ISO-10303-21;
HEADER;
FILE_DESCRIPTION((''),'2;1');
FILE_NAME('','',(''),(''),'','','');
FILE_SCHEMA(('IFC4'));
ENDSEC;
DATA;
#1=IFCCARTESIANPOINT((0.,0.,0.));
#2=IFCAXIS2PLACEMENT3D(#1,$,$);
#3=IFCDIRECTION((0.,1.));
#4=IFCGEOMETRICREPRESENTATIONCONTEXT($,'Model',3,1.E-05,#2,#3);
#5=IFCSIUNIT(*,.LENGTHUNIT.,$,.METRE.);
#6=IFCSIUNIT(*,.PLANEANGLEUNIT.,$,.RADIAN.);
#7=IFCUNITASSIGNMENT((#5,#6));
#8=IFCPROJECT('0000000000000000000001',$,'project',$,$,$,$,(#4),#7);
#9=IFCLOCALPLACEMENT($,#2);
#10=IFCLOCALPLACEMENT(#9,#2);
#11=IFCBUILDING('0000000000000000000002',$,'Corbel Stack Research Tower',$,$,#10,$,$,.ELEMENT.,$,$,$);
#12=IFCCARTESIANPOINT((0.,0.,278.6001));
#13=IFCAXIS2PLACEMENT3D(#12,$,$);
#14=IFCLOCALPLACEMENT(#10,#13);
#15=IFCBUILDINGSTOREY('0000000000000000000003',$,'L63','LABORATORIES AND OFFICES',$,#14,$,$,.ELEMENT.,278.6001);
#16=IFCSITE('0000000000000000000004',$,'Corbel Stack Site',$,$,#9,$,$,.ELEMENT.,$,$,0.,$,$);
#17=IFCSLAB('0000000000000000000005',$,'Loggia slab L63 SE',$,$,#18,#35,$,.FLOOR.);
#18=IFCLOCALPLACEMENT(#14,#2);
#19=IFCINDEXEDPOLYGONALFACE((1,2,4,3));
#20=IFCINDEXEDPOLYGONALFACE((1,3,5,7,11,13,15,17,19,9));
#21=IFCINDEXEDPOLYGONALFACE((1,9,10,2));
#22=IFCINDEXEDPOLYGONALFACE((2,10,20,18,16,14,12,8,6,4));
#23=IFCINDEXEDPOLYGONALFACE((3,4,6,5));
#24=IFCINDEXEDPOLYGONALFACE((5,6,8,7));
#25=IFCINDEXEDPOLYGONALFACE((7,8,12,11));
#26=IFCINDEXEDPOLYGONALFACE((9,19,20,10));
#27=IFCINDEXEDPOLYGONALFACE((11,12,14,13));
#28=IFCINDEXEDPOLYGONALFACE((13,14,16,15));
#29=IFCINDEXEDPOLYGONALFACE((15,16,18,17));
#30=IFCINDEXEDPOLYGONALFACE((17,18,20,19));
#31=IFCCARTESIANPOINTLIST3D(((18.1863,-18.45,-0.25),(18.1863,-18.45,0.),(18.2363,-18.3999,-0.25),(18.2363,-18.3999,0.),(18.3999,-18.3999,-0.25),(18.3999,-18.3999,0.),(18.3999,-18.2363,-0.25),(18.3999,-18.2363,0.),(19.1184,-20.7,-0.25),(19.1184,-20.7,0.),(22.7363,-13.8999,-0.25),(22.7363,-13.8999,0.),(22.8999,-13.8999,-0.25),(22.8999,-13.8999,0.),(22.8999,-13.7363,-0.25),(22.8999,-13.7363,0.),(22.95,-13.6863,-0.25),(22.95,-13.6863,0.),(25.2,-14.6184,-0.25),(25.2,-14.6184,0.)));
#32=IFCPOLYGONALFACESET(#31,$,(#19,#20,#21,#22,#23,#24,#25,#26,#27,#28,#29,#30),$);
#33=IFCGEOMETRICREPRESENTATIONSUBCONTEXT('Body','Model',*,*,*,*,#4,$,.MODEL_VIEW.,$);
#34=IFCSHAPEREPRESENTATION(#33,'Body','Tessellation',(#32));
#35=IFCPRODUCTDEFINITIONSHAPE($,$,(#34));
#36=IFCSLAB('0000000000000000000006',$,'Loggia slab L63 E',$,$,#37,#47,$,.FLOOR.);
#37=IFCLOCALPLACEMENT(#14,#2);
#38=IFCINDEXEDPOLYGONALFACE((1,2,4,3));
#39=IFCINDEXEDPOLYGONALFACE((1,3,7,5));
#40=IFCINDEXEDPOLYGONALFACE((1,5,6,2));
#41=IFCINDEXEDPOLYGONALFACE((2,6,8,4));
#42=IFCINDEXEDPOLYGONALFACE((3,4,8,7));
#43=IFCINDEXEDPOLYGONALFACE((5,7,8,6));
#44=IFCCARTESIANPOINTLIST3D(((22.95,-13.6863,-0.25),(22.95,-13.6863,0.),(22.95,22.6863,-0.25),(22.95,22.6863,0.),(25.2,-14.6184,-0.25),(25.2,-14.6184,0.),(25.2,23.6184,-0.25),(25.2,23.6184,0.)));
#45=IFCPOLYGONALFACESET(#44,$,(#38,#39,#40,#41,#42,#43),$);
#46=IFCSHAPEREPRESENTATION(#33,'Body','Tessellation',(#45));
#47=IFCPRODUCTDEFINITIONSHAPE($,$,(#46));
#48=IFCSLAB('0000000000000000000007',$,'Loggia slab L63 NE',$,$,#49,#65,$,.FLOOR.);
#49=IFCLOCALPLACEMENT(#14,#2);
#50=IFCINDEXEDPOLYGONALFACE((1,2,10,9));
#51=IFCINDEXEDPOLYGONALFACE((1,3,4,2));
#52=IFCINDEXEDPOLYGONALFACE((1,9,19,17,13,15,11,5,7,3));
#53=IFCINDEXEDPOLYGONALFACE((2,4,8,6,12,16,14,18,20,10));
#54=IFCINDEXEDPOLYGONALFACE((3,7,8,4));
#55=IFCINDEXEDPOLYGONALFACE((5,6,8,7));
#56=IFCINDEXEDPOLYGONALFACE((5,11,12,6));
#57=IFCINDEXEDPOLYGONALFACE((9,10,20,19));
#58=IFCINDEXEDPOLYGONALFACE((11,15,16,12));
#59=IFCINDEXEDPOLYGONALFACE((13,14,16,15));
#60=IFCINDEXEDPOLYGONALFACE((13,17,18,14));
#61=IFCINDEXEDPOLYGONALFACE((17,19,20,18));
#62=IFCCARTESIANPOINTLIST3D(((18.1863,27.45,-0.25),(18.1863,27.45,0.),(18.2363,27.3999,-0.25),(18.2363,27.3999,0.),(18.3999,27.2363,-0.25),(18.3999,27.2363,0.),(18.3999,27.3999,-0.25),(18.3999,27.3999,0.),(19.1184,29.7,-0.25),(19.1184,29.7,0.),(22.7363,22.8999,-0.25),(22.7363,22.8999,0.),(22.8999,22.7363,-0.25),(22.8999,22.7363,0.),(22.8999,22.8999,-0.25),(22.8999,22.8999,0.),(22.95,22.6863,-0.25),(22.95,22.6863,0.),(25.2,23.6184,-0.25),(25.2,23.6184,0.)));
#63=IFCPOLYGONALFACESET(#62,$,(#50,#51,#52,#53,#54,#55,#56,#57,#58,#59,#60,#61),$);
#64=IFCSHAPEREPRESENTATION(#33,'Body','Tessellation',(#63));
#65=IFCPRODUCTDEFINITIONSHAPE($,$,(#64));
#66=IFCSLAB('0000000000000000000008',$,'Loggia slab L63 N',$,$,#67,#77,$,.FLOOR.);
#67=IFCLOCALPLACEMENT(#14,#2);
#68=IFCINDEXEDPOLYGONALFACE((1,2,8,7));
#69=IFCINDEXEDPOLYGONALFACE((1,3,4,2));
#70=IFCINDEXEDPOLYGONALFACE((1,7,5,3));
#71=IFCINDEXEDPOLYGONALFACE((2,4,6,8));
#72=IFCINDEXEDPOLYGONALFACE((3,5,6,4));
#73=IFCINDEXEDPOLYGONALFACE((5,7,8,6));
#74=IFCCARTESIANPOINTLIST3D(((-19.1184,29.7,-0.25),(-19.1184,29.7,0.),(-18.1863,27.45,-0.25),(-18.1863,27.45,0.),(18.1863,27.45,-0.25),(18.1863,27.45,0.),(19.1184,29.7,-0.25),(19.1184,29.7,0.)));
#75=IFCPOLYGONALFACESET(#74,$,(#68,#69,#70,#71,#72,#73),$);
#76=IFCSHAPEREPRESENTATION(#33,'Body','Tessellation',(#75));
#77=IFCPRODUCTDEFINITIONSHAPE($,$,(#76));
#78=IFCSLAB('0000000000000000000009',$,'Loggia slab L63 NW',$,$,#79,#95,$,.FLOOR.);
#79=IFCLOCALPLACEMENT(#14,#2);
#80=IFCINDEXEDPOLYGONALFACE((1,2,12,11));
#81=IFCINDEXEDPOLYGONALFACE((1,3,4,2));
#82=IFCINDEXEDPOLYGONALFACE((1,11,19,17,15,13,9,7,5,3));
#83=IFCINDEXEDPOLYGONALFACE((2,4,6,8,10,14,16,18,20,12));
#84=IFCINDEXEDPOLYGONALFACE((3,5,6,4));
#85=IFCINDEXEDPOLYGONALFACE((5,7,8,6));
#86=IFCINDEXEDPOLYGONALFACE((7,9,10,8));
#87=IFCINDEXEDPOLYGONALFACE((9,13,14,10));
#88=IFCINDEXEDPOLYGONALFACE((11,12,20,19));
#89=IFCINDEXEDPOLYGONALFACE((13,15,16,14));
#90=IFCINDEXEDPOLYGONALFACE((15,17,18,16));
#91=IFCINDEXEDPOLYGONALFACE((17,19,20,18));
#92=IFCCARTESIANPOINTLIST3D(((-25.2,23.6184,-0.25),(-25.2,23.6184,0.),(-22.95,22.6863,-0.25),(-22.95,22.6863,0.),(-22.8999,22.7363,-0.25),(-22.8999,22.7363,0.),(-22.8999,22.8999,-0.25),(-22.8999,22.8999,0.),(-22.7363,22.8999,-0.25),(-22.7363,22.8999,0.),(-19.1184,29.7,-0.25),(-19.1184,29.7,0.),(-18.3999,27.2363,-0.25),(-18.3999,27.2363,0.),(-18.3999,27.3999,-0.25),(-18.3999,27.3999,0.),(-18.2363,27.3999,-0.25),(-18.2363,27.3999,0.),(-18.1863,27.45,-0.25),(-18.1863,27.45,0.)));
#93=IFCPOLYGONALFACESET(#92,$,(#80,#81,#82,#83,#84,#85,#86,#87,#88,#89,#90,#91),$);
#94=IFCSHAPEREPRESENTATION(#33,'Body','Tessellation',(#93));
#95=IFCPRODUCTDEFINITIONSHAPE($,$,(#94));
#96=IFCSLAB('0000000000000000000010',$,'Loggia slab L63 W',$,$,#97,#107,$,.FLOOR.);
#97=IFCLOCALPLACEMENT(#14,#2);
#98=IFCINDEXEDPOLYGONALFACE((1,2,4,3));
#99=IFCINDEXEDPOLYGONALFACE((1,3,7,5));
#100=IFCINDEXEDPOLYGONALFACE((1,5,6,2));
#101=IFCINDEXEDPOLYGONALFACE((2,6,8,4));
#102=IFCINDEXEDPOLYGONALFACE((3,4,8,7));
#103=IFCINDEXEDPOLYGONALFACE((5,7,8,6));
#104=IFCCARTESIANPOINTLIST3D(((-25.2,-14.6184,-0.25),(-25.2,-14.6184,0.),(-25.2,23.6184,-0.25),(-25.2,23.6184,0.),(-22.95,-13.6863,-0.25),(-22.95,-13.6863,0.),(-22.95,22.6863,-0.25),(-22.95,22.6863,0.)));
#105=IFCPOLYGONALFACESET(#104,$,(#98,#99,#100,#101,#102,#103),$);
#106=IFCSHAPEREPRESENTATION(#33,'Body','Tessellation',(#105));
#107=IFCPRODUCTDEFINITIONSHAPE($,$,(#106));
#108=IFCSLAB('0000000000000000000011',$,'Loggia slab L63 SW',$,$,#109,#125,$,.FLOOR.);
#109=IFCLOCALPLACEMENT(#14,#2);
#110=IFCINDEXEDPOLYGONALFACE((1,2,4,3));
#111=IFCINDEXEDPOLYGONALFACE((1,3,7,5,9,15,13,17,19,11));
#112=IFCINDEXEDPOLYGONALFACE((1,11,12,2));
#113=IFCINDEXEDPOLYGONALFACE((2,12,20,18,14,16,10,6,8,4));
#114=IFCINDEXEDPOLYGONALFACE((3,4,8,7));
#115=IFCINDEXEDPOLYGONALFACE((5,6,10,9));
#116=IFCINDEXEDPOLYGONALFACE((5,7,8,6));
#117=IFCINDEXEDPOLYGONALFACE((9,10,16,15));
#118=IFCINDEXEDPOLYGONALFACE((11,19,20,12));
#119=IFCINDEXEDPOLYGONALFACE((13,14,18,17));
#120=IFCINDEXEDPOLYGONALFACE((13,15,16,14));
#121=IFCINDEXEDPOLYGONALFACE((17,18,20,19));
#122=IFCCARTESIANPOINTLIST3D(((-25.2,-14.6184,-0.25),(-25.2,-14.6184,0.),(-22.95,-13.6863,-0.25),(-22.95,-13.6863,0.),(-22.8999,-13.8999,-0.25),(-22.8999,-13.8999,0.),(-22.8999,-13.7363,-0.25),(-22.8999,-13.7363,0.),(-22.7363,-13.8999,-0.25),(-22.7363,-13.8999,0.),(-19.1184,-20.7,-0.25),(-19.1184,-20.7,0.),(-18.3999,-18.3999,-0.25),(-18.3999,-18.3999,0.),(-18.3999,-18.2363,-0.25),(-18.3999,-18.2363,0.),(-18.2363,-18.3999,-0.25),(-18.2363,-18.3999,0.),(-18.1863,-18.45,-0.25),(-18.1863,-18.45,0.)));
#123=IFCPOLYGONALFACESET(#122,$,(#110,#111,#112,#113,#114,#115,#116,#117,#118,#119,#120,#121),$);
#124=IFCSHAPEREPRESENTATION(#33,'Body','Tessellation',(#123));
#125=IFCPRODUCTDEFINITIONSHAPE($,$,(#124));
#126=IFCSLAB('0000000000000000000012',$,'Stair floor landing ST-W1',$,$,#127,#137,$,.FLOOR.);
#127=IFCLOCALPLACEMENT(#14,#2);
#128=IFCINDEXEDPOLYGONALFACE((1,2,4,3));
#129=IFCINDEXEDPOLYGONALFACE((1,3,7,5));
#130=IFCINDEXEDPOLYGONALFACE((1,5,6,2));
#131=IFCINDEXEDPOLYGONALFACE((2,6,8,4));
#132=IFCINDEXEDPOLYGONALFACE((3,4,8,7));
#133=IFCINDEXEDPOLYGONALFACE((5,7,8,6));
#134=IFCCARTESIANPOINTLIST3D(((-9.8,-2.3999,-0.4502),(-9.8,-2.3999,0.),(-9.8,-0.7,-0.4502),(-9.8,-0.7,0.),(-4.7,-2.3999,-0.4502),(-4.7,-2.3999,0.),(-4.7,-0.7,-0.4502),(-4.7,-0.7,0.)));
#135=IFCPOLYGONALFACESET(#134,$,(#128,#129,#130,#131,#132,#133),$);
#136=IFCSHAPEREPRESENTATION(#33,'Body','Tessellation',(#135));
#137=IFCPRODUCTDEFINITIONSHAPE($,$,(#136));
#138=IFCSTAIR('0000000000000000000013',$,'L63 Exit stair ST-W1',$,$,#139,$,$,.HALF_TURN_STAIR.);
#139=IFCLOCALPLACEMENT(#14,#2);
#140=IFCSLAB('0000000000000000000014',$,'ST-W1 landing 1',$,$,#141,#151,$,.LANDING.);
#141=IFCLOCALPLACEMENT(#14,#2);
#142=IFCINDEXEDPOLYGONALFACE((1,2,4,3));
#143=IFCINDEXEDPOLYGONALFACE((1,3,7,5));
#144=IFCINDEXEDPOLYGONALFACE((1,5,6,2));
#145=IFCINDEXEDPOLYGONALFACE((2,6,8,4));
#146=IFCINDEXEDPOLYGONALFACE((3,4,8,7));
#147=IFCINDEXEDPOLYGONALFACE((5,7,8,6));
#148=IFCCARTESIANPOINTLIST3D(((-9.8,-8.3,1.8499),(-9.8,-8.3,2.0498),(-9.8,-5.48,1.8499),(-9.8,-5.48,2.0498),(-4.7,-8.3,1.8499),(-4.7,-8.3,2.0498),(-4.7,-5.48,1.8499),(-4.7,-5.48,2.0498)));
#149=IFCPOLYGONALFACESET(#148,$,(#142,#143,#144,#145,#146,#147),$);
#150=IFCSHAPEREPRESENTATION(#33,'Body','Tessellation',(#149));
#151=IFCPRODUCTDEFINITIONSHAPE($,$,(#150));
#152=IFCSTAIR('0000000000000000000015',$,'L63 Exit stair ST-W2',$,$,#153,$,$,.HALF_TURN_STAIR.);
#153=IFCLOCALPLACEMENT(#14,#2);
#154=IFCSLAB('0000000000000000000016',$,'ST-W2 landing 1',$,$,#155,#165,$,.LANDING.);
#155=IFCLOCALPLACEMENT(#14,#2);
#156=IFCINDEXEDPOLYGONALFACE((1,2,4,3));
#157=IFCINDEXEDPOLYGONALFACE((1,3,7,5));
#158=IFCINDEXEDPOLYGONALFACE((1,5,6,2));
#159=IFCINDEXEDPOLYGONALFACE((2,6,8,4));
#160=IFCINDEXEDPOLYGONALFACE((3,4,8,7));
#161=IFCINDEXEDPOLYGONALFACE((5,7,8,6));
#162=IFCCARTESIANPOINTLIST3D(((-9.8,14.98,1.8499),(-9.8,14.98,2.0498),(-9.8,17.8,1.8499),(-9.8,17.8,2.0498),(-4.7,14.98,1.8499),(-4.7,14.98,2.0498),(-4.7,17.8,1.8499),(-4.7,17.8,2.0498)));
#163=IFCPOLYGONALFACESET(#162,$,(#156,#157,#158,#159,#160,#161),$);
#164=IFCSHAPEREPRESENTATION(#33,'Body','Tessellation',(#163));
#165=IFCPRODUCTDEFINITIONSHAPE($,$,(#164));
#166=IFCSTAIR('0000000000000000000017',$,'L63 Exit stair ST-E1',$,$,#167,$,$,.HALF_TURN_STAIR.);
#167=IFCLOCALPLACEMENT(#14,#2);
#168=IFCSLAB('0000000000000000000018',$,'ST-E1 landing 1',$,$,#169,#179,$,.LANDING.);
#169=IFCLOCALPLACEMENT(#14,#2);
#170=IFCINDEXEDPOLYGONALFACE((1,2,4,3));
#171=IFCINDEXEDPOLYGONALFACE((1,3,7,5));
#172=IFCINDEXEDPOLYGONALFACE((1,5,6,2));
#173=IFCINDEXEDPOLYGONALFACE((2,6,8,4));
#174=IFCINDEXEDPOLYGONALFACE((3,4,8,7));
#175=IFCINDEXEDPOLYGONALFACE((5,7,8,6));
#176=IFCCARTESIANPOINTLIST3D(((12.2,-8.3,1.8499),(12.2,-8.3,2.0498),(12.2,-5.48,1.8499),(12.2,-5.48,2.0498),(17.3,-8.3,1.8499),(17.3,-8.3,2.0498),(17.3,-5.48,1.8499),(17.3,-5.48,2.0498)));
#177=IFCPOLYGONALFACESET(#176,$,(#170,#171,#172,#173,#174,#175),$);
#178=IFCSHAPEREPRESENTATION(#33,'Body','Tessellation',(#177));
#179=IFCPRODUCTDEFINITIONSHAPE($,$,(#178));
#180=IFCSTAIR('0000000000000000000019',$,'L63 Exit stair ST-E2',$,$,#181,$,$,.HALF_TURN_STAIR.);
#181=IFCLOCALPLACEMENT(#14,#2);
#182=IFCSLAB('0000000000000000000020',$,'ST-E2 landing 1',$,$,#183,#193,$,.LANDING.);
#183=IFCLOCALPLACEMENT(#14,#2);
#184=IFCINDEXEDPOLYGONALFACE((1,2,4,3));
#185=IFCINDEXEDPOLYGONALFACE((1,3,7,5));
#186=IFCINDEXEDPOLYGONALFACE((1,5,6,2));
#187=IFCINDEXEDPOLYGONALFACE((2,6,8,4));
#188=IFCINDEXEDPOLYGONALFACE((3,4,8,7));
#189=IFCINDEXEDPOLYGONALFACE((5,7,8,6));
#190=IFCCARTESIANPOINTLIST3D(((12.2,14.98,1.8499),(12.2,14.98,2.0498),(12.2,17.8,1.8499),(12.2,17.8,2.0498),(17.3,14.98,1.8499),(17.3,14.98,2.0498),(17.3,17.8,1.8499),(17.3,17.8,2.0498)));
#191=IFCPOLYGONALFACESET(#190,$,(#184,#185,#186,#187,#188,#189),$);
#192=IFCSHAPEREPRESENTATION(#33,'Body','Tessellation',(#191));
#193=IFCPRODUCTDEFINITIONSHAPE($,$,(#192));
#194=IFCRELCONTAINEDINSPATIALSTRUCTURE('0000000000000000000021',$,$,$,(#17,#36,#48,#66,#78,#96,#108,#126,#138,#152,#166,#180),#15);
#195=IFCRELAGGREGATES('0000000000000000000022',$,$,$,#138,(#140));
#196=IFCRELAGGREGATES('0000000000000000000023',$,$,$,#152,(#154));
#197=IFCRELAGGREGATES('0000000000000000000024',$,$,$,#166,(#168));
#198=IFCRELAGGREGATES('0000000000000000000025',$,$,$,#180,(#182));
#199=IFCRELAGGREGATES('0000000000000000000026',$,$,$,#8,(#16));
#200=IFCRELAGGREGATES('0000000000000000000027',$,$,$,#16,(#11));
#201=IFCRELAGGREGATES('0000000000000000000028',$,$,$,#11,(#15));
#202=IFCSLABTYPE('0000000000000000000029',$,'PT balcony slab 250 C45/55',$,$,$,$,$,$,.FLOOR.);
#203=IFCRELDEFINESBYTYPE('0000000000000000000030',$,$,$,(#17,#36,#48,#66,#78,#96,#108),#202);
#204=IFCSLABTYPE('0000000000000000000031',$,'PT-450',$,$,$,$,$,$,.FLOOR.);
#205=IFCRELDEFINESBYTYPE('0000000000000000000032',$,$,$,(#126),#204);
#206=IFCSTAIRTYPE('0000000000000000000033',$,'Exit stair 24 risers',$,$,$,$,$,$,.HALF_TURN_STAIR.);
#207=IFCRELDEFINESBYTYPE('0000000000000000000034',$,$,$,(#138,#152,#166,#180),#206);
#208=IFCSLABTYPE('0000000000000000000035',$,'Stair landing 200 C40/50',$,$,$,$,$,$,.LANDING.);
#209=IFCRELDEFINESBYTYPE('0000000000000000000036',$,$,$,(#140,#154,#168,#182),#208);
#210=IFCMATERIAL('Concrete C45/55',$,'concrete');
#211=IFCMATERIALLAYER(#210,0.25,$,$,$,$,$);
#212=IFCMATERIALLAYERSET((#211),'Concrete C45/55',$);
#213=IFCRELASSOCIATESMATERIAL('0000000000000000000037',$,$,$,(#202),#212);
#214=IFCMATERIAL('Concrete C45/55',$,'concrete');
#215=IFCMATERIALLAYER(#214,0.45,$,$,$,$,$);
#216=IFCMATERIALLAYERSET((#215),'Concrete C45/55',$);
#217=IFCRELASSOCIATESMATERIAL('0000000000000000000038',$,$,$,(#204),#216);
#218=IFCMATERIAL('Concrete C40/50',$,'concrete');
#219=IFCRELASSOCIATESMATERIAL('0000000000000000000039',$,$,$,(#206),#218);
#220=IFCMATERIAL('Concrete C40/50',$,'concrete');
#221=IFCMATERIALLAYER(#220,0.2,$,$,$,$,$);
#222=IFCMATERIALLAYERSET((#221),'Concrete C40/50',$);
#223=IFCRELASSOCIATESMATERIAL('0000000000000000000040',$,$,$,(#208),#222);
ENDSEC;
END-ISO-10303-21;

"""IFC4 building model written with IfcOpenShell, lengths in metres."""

from ifc_helpers import new_model, si_unit, direction, frame, origin, place, context, subcontext, project, spatial, polyline, outline, extrude, material, layer, layer_set, type_object, element, aggregate, save


model = new_model("IFC4")

# Units and contexts
model_context = context("Model", 3, precision=1e-05, world=origin(), true_north=direction((0.0, 1.0)))
body_context = subcontext(model_context, "Body", "Model", "MODEL_VIEW")
ifc_project = project(units=[si_unit("LENGTHUNIT", "METRE"), si_unit("PLANEANGLEUNIT", "RADIAN")], contexts=[model_context])

# Site, building, storey
site_placement = place(None, origin())
site = spatial("IfcSite", under=ifc_project, at=site_placement, Name="Corbel Stack Site", CompositionType="ELEMENT", RefElevation=0.0)
building_placement = place(site_placement, origin())
building = spatial("IfcBuilding", under=site, at=building_placement, Name="Corbel Stack Research Tower", CompositionType="ELEMENT")
storey_placement = place(building_placement, frame((0.0, 0.0, 278.6001)))
storey = spatial("IfcBuildingStorey", under=building, at=storey_placement, Name="L63", Description="LABORATORIES AND OFFICES", CompositionType="ELEMENT", Elevation=278.6001)

# Slabs
ifc_material_1 = material(Name="Concrete C45/55", Category="concrete")
ifc_layer_1 = layer(ifc_material_1, 0.25)
ifc_layer_set_1 = layer_set([ifc_layer_1], Name="Concrete C45/55")
slab_type_1 = type_object("IfcSlabType", Name="PT balcony slab 250 C45/55", PredefinedType="FLOOR", material=ifc_layer_set_1)
slab_1_placement = place(storey_placement, frame((0.0, 0.0, -0.25)))
element("IfcSlab", 1, at=slab_1_placement, inside=storey, type_object=slab_type_1, Name="Loggia slab L63 SE", PredefinedType="FLOOR", context=body_context, shape_type="SweptSolid", body=[
    extrude(outline(polyline([(22.95, -13.6863), (22.8999, -13.7363), (22.8999, -13.8999), (22.7363, -13.8999), (18.3999, -18.2363), (18.3999, -18.3999), (18.2363, -18.3999), (18.1863, -18.45), (19.1184, -20.7), (25.2, -14.6184), (22.95, -13.6863)])), origin(), (0.0, 0.0, 1.0), 0.25),
])
slab_2_placement = place(storey_placement, frame((0.0, 0.0, -0.25)))
element("IfcSlab", 2, at=slab_2_placement, inside=storey, type_object=slab_type_1, Name="Loggia slab L63 E", PredefinedType="FLOOR", context=body_context, shape_type="SweptSolid", body=[
    extrude(outline(polyline([(22.95, 22.6863), (22.95, -13.6863), (25.2, -14.6184), (25.2, 23.6184), (22.95, 22.6863)])), origin(), (0.0, 0.0, 1.0), 0.25),
])
slab_3_placement = place(storey_placement, frame((0.0, 0.0, -0.25)))
element("IfcSlab", 3, at=slab_3_placement, inside=storey, type_object=slab_type_1, Name="Loggia slab L63 NE", PredefinedType="FLOOR", context=body_context, shape_type="SweptSolid", body=[
    extrude(outline(polyline([(18.1863, 27.45), (18.2363, 27.3999), (18.3999, 27.3999), (18.3999, 27.2363), (22.7363, 22.8999), (22.8999, 22.8999), (22.8999, 22.7363), (22.95, 22.6863), (25.2, 23.6184), (19.1184, 29.7), (18.1863, 27.45)])), origin(), (0.0, 0.0, 1.0), 0.25),
])
slab_4_placement = place(storey_placement, frame((0.0, 0.0, -0.25)))
element("IfcSlab", 4, at=slab_4_placement, inside=storey, type_object=slab_type_1, Name="Loggia slab L63 N", PredefinedType="FLOOR", context=body_context, shape_type="SweptSolid", body=[
    extrude(outline(polyline([(-18.1863, 27.45), (18.1863, 27.45), (19.1184, 29.7), (-19.1184, 29.7), (-18.1863, 27.45)])), origin(), (0.0, 0.0, 1.0), 0.25),
])
slab_5_placement = place(storey_placement, frame((0.0, 0.0, -0.25)))
element("IfcSlab", 5, at=slab_5_placement, inside=storey, type_object=slab_type_1, Name="Loggia slab L63 NW", PredefinedType="FLOOR", context=body_context, shape_type="SweptSolid", body=[
    extrude(outline(polyline([(-22.95, 22.6863), (-22.8999, 22.7363), (-22.8999, 22.8999), (-22.7363, 22.8999), (-18.3999, 27.2363), (-18.3999, 27.3999), (-18.2363, 27.3999), (-18.1863, 27.45), (-19.1184, 29.7), (-25.2, 23.6184), (-22.95, 22.6863)])), origin(), (0.0, 0.0, 1.0), 0.25),
])
slab_6_placement = place(storey_placement, frame((0.0, 0.0, -0.25)))
element("IfcSlab", 6, at=slab_6_placement, inside=storey, type_object=slab_type_1, Name="Loggia slab L63 W", PredefinedType="FLOOR", context=body_context, shape_type="SweptSolid", body=[
    extrude(outline(polyline([(-22.95, -13.6863), (-22.95, 22.6863), (-25.2, 23.6184), (-25.2, -14.6184), (-22.95, -13.6863)])), origin(), (0.0, 0.0, 1.0), 0.25),
])
slab_7_placement = place(storey_placement, frame((0.0, 0.0, -0.25)))
element("IfcSlab", 7, at=slab_7_placement, inside=storey, type_object=slab_type_1, Name="Loggia slab L63 SW", PredefinedType="FLOOR", context=body_context, shape_type="SweptSolid", body=[
    extrude(outline(polyline([(-18.1863, -18.45), (-18.2363, -18.3999), (-18.3999, -18.3999), (-18.3999, -18.2363), (-22.7363, -13.8999), (-22.8999, -13.8999), (-22.8999, -13.7363), (-22.95, -13.6863), (-25.2, -14.6184), (-19.1184, -20.7), (-18.1863, -18.45)])), origin(), (0.0, 0.0, 1.0), 0.25),
])
ifc_material_2 = material(Name="Concrete C45/55", Category="concrete")
ifc_layer_2 = layer(ifc_material_2, 0.45)
ifc_layer_set_2 = layer_set([ifc_layer_2], Name="Concrete C45/55")
slab_type_2 = type_object("IfcSlabType", Name="PT-450", PredefinedType="FLOOR", material=ifc_layer_set_2)
slab_8_placement = place(storey_placement, frame((0.0, 0.0, -0.4502)))
element("IfcSlab", 8, at=slab_8_placement, inside=storey, type_object=slab_type_2, Name="Stair floor landing ST-W1", PredefinedType="FLOOR", context=body_context, shape_type="SweptSolid", body=[
    extrude(outline(polyline([(-9.8, -2.3999), (-4.7, -2.3999), (-4.7, -0.7), (-9.8, -0.7), (-9.8, -2.3999)])), origin(), (0.0, 0.0, 1.0), 0.4502),
])

# Stairs, slabs
ifc_material_3 = material(Name="Concrete C40/50", Category="concrete")
stair_type = type_object("IfcStairType", Name="Exit stair 24 risers", PredefinedType="HALF_TURN_STAIR", material=ifc_material_3)
stair_1_placement = place(storey_placement, origin())
stair_1 = element("IfcStair", 9, at=stair_1_placement, inside=storey, type_object=stair_type, Name="L63 Exit stair ST-W1", PredefinedType="HALF_TURN_STAIR")
ifc_material_4 = material(Name="Concrete C40/50", Category="concrete")
ifc_layer_3 = layer(ifc_material_4, 0.2)
ifc_layer_set_3 = layer_set([ifc_layer_3], Name="Concrete C40/50")
slab_type_3 = type_object("IfcSlabType", Name="Stair landing 200 C40/50", PredefinedType="LANDING", material=ifc_layer_set_3)
slab_9_placement = place(storey_placement, frame((0.0, 0.0, 1.8499)))
slab_9 = element("IfcSlab", 10, at=slab_9_placement, type_object=slab_type_3, Name="ST-W1 landing 1", PredefinedType="LANDING", context=body_context, shape_type="SweptSolid", body=[
    extrude(outline(polyline([(-9.8, -8.3), (-9.8, -5.48), (-4.7, -5.48), (-4.7, -8.3), (-9.8, -8.3)])), origin(), (0.0, 0.0, 1.0), 0.2),
])
aggregate(stair_1, [slab_9])
stair_2_placement = place(storey_placement, origin())
stair_2 = element("IfcStair", 11, at=stair_2_placement, inside=storey, type_object=stair_type, Name="L63 Exit stair ST-W2", PredefinedType="HALF_TURN_STAIR")
slab_10_placement = place(storey_placement, frame((0.0, 0.0, 1.8499)))
slab_10 = element("IfcSlab", 12, at=slab_10_placement, type_object=slab_type_3, Name="ST-W2 landing 1", PredefinedType="LANDING", context=body_context, shape_type="SweptSolid", body=[
    extrude(outline(polyline([(-9.8, 14.98), (-9.8, 17.8), (-4.7, 17.8), (-4.7, 14.98), (-9.8, 14.98)])), origin(), (0.0, 0.0, 1.0), 0.2),
])
aggregate(stair_2, [slab_10])
stair_3_placement = place(storey_placement, origin())
stair_3 = element("IfcStair", 13, at=stair_3_placement, inside=storey, type_object=stair_type, Name="L63 Exit stair ST-E1", PredefinedType="HALF_TURN_STAIR")
slab_11_placement = place(storey_placement, frame((0.0, 0.0, 1.8499)))
slab_11 = element("IfcSlab", 14, at=slab_11_placement, type_object=slab_type_3, Name="ST-E1 landing 1", PredefinedType="LANDING", context=body_context, shape_type="SweptSolid", body=[
    extrude(outline(polyline([(12.2, -8.3), (12.2, -5.48), (17.3, -5.48), (17.3, -8.3), (12.2, -8.3)])), origin(), (0.0, 0.0, 1.0), 0.2),
])
aggregate(stair_3, [slab_11])
stair_4_placement = place(storey_placement, origin())
stair_4 = element("IfcStair", 15, at=stair_4_placement, inside=storey, type_object=stair_type, Name="L63 Exit stair ST-E2", PredefinedType="HALF_TURN_STAIR")
slab_12_placement = place(storey_placement, frame((0.0, 0.0, 1.8499)))
slab_12 = element("IfcSlab", 16, at=slab_12_placement, type_object=slab_type_3, Name="ST-E2 landing 1", PredefinedType="LANDING", context=body_context, shape_type="SweptSolid", body=[
    extrude(outline(polyline([(12.2, 14.98), (12.2, 17.8), (17.3, 17.8), (17.3, 14.98), (12.2, 14.98)])), origin(), (0.0, 0.0, 1.0), 0.2),
])
aggregate(stair_4, [slab_12])

save(model, "model.ifc")
